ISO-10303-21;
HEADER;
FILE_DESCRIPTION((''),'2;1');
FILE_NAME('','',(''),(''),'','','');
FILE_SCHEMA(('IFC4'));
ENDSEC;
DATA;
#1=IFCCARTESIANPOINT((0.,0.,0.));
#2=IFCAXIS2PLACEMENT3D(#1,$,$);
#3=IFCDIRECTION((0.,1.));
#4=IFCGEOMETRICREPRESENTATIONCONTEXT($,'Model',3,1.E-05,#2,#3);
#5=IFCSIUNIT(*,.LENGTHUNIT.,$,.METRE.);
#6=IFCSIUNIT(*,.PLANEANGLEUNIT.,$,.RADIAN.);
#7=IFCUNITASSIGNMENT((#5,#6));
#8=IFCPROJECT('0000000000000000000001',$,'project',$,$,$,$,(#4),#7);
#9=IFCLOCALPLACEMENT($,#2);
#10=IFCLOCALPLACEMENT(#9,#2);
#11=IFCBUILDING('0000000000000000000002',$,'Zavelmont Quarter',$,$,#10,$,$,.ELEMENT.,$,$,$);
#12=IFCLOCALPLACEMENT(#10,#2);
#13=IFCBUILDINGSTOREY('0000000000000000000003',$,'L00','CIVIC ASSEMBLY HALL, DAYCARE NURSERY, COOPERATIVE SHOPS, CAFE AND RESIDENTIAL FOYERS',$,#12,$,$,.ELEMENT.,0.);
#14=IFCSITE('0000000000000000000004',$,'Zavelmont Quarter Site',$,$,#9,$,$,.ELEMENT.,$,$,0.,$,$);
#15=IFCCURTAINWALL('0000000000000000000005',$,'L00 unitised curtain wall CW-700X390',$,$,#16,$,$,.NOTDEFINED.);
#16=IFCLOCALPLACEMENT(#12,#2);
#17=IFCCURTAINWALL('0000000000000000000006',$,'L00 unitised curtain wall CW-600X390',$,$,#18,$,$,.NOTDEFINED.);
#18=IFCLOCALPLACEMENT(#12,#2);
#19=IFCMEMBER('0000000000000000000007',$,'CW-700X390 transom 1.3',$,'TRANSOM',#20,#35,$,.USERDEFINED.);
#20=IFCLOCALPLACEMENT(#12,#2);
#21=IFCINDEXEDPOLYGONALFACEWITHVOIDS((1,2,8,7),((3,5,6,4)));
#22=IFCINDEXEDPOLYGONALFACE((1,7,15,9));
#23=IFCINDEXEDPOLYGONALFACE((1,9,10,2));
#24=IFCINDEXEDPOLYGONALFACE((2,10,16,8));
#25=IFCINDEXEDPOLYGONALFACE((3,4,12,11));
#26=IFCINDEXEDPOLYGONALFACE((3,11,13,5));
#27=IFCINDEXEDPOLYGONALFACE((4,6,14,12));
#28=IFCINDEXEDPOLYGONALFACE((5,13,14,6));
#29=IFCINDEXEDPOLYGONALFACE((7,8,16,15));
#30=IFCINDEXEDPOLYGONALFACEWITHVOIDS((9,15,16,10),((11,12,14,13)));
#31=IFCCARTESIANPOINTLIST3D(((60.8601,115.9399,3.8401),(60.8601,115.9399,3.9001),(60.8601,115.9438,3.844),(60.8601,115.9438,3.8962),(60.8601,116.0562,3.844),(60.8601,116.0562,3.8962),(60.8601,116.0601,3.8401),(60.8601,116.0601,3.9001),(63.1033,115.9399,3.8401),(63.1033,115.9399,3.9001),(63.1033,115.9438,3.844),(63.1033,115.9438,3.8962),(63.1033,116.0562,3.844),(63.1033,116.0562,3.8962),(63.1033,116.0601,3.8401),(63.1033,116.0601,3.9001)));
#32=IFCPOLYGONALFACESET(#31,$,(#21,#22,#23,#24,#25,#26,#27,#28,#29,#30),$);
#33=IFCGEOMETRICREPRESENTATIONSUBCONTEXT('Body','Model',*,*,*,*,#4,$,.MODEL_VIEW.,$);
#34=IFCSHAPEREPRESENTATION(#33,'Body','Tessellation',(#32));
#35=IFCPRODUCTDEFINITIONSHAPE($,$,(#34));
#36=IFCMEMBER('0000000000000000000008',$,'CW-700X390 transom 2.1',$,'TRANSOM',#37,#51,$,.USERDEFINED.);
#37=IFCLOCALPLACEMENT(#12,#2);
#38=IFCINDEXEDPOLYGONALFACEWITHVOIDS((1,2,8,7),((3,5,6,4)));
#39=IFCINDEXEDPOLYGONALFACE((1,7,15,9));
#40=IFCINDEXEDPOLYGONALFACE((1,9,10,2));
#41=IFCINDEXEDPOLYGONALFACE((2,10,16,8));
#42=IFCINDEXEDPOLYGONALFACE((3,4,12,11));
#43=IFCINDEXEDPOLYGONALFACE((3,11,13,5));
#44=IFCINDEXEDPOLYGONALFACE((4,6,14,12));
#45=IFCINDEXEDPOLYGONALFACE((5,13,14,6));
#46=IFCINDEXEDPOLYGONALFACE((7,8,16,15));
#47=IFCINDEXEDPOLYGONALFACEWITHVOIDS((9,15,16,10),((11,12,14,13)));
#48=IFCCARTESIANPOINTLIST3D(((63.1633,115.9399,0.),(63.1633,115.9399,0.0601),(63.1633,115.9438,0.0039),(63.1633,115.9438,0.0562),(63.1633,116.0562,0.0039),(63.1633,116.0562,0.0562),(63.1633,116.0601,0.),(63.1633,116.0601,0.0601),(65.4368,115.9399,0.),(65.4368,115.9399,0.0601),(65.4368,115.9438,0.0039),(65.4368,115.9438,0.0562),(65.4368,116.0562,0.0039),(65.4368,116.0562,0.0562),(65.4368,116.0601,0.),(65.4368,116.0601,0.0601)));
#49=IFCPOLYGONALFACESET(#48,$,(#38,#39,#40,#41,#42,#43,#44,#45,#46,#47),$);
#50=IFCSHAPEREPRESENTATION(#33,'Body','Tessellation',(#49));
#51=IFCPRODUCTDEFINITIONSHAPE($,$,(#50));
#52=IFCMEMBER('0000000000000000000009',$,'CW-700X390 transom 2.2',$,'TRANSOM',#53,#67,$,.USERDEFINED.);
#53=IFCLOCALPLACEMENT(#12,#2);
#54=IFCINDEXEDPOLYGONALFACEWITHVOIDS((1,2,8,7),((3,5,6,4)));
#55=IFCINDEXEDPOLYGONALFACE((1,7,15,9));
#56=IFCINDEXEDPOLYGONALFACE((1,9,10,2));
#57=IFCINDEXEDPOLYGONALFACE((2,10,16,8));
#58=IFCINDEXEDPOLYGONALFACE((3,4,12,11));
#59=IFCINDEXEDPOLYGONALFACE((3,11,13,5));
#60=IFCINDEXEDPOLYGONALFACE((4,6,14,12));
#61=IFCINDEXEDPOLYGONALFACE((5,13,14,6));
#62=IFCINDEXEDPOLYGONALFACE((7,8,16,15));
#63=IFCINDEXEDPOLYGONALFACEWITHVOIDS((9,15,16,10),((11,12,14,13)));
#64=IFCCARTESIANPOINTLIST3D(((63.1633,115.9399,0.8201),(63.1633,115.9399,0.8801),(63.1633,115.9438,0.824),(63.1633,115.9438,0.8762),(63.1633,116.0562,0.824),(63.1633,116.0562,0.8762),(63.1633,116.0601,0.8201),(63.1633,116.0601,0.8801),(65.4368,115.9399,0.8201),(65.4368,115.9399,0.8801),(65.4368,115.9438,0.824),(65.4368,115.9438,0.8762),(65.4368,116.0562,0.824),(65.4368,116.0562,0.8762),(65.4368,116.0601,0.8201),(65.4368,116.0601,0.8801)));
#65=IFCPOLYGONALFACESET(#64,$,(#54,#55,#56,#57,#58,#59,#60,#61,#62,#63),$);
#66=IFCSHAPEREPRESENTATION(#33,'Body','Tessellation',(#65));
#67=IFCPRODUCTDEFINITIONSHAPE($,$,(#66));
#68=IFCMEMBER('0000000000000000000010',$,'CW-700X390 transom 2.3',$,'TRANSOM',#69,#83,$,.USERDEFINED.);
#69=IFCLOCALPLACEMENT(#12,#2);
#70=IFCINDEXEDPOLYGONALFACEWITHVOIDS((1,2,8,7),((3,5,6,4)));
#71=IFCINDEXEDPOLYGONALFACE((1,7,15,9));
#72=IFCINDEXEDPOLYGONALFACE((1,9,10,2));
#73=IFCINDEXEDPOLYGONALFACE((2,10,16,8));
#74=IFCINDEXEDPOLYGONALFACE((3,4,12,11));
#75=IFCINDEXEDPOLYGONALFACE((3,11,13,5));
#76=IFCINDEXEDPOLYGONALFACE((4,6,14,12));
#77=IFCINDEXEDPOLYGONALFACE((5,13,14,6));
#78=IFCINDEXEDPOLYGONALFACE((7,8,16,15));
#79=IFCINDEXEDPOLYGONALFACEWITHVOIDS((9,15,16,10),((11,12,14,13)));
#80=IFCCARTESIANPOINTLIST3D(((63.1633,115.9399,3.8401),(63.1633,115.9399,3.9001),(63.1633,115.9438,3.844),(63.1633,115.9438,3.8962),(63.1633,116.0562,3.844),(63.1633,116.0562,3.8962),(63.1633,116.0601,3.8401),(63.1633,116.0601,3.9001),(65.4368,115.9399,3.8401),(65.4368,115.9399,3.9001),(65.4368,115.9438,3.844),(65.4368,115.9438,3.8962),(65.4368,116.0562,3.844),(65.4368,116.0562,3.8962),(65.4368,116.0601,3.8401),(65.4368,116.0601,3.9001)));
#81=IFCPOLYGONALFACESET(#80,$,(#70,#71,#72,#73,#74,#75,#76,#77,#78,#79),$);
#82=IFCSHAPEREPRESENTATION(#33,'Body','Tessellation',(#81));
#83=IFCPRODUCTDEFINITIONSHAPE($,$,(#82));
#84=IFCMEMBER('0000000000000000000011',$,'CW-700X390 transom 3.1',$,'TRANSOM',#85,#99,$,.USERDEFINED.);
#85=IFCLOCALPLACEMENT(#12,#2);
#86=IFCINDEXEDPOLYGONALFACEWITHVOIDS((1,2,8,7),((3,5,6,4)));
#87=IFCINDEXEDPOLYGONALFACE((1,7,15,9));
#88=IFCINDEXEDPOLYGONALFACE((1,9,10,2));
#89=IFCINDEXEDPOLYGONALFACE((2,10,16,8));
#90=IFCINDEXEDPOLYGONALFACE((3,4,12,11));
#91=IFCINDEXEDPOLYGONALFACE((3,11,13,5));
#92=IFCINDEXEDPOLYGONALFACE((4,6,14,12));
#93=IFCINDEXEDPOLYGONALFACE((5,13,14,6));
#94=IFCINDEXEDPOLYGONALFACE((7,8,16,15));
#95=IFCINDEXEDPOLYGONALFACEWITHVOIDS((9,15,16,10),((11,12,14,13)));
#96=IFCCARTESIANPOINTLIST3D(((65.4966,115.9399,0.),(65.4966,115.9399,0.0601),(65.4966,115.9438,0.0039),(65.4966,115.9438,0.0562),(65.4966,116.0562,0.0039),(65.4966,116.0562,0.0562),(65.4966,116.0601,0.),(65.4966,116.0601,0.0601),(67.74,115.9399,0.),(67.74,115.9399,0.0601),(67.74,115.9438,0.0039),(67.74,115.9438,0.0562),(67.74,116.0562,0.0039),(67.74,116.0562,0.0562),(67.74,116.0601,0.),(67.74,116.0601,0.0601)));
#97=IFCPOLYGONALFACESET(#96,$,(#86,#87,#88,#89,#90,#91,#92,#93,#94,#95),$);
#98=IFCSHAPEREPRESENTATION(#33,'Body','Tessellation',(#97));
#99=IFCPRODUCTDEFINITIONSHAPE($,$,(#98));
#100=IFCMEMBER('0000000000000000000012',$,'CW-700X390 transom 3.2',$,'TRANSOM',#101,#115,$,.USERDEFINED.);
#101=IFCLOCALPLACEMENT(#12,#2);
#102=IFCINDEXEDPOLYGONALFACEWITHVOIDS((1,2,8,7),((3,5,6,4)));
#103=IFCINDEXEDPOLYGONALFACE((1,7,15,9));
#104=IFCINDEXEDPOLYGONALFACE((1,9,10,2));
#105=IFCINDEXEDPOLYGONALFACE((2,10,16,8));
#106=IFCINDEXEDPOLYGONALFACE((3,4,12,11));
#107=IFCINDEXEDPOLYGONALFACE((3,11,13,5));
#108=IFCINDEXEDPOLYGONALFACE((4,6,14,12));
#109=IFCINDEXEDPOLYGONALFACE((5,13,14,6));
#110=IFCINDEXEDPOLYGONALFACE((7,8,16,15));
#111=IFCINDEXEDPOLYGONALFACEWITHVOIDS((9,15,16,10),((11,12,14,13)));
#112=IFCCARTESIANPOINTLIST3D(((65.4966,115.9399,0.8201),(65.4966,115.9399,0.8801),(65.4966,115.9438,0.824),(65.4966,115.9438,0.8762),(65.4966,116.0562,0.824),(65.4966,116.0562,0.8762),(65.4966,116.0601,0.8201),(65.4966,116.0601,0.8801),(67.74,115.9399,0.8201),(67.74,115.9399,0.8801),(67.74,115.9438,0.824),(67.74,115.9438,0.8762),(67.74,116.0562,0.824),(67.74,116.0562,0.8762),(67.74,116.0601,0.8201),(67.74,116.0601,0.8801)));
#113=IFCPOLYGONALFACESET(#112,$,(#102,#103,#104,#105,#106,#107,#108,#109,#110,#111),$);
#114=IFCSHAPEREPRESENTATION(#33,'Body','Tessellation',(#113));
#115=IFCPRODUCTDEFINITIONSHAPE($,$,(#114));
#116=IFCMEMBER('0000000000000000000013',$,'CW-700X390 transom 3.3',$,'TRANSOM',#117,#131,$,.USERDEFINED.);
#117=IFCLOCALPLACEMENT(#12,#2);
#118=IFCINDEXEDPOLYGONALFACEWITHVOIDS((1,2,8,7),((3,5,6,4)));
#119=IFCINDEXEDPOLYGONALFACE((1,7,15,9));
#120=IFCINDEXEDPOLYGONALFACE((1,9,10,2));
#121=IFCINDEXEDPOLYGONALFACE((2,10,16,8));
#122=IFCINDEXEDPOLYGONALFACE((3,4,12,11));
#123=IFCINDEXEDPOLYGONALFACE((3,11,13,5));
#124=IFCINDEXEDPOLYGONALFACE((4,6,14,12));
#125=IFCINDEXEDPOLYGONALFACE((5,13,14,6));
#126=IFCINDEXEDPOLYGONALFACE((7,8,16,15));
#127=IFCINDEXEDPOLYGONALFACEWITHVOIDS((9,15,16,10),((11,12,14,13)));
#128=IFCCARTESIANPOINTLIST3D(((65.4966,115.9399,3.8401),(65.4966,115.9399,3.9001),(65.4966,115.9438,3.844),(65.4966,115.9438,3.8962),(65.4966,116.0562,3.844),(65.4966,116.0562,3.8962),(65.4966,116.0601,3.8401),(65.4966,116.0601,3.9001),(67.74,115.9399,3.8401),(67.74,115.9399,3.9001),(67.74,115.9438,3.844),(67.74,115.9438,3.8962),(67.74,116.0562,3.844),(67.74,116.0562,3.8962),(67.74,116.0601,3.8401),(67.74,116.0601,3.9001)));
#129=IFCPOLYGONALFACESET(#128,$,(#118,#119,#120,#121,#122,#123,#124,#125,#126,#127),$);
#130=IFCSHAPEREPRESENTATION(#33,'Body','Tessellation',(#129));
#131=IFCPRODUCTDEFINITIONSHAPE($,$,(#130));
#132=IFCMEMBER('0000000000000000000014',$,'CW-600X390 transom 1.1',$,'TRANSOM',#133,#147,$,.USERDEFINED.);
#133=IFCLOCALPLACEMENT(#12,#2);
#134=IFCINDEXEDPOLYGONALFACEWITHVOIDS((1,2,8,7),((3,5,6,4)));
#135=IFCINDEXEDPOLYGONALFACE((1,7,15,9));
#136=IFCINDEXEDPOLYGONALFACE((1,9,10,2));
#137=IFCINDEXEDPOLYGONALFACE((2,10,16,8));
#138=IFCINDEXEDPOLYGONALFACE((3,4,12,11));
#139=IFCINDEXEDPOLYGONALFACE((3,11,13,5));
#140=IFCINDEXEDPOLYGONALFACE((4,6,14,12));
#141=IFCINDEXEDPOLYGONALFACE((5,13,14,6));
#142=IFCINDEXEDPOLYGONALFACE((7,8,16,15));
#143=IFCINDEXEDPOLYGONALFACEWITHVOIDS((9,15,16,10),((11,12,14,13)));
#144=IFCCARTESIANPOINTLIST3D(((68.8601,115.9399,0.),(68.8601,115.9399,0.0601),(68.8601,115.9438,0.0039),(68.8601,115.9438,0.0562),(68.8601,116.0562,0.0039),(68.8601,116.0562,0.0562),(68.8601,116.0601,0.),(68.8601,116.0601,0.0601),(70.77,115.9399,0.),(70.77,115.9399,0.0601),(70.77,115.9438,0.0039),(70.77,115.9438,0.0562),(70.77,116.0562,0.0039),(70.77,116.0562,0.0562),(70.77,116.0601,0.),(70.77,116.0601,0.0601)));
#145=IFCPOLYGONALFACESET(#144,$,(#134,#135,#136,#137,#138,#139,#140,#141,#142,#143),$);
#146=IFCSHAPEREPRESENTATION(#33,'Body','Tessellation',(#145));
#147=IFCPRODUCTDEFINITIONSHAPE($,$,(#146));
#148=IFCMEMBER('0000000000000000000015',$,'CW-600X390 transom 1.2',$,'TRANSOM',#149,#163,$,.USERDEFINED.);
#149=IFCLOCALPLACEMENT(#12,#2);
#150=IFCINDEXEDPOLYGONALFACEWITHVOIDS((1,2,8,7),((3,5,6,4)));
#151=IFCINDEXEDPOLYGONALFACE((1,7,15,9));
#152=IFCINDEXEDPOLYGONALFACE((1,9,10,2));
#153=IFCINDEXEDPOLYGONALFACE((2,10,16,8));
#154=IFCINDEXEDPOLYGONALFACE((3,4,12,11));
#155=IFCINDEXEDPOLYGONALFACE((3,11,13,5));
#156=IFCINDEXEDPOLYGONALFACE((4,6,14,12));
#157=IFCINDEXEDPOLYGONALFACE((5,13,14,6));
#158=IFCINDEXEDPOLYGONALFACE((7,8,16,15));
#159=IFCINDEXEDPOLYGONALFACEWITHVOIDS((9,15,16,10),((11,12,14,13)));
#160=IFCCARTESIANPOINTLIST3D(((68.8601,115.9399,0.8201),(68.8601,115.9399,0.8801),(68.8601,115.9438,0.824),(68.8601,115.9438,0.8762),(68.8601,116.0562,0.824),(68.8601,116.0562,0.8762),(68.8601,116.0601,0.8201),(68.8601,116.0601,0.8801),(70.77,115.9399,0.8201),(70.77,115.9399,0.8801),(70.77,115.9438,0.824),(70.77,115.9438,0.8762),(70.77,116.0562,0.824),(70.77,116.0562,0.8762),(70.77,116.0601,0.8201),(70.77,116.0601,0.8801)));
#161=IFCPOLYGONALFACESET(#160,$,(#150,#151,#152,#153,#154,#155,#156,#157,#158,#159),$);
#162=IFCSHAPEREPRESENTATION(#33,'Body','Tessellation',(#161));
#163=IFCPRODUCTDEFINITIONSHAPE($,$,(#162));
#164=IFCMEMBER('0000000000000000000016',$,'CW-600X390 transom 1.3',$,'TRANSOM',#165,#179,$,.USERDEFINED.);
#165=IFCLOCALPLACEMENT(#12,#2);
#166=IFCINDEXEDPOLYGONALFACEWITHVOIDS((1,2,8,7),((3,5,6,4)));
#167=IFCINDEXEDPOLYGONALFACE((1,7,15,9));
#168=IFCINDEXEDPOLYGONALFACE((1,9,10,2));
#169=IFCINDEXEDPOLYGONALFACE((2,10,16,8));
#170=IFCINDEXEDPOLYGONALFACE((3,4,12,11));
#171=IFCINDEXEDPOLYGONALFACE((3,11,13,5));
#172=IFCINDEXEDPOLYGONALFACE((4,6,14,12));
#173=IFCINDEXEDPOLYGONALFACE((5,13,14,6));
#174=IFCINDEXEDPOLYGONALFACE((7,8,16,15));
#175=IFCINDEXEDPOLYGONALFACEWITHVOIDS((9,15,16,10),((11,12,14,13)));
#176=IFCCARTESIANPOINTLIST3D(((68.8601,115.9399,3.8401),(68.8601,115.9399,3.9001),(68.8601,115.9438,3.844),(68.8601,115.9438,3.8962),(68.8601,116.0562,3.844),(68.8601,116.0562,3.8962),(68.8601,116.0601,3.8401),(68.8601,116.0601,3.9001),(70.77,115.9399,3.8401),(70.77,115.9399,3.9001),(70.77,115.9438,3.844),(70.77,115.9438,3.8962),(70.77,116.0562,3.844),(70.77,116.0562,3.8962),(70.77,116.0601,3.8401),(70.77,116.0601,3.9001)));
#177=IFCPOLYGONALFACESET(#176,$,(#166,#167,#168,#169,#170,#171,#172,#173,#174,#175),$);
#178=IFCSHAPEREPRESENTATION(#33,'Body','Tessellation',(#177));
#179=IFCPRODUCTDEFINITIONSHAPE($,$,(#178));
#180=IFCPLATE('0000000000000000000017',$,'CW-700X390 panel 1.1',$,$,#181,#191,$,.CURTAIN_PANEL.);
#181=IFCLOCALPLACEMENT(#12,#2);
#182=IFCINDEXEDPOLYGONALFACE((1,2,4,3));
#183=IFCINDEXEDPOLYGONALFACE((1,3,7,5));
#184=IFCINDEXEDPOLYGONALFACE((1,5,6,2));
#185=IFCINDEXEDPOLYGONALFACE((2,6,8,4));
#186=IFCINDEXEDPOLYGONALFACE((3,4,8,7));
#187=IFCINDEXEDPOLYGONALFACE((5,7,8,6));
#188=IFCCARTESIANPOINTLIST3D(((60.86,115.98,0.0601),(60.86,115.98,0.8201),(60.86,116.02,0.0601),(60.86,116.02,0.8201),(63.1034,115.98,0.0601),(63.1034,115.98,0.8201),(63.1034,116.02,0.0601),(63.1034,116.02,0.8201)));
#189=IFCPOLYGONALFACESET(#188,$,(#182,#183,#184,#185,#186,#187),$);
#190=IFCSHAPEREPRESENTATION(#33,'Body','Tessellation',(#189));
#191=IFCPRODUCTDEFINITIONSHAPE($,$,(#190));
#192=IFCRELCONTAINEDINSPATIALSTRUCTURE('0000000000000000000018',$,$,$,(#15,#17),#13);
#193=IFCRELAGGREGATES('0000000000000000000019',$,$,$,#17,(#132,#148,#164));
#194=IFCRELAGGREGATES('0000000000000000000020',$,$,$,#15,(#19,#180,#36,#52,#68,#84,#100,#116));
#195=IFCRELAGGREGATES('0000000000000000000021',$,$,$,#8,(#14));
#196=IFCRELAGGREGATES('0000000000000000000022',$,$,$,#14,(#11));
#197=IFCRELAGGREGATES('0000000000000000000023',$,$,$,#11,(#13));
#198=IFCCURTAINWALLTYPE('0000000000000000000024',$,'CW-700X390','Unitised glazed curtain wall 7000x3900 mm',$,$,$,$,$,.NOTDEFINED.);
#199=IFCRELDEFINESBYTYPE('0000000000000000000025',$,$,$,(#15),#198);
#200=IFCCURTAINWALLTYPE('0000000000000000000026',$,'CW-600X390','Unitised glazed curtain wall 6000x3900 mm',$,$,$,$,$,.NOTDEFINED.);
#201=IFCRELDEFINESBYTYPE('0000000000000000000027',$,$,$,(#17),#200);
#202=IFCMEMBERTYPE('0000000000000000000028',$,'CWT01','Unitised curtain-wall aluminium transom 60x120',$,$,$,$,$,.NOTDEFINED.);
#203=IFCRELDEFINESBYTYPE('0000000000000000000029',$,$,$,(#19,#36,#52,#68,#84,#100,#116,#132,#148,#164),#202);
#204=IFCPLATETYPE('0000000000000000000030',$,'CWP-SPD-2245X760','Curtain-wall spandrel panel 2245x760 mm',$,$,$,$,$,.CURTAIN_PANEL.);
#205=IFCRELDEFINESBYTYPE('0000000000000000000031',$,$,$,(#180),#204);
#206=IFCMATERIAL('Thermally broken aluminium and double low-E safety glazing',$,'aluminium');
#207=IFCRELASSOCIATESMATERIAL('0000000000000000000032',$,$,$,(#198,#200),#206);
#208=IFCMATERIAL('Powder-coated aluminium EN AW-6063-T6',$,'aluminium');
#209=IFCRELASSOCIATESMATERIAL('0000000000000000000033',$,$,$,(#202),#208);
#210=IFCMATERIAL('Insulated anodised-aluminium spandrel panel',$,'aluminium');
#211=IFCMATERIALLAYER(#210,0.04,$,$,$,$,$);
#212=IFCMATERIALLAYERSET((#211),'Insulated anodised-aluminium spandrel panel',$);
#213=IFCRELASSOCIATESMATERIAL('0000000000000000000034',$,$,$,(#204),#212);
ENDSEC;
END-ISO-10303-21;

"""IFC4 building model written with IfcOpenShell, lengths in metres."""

from ifc_helpers import new_model, si_unit, direction, frame, origin, origin_2d, place, context, subcontext, project, spatial, rectangle, hollow_rectangle, extrude, material, layer, layer_set, material_profile, profile_set, type_object, element, aggregate, save


model = new_model("IFC4")

# Units and contexts
model_context = context("Model", 3, precision=1e-05, world=origin(), true_north=direction((0.0, 1.0)))
body_context = subcontext(model_context, "Body", "Model", "MODEL_VIEW")
ifc_project = project(units=[si_unit("LENGTHUNIT", "METRE"), si_unit("PLANEANGLEUNIT", "RADIAN")], contexts=[model_context])

# Site, building, storey
site_placement = place(None, origin())
site = spatial("IfcSite", under=ifc_project, at=site_placement, Name="Zavelmont Quarter Site", CompositionType="ELEMENT", RefElevation=0.0)
building_placement = place(site_placement, origin())
building = spatial("IfcBuilding", under=site, at=building_placement, Name="Zavelmont Quarter", CompositionType="ELEMENT")
storey_placement = place(building_placement, origin())
storey = spatial("IfcBuildingStorey", under=building, at=storey_placement, Name="L00", Description="CIVIC ASSEMBLY HALL, DAYCARE NURSERY, COOPERATIVE SHOPS, CAFE AND RESIDENTIAL FOYERS", CompositionType="ELEMENT", Elevation=0.0)

# Curtain wall
ifc_material_1 = material(Name="Thermally broken aluminium and double low-E safety glazing", Category="aluminium")
curtain_wall_type_1 = type_object("IfcCurtainWallType", Name="CW-700X390", Description="Unitised glazed curtain wall 7000x3900 mm", PredefinedType="NOTDEFINED", material=ifc_material_1)
curtain_wall_1_placement = place(storey_placement, origin())
curtain_wall_1 = element("IfcCurtainWall", 1, at=curtain_wall_1_placement, inside=storey, type_object=curtain_wall_type_1, Name="L00 unitised curtain wall CW-700X390", PredefinedType="NOTDEFINED")
ifc_material_2 = material(Name="Powder-coated aluminium EN AW-6063-T6", Category="aluminium")

# Curtain wall
curtain_wall_type_2 = type_object("IfcCurtainWallType", Name="CW-600X390", Description="Unitised glazed curtain wall 6000x3900 mm", PredefinedType="NOTDEFINED", material=ifc_material_1)
curtain_wall_2_placement = place(storey_placement, origin())
curtain_wall_2 = element("IfcCurtainWall", 2, at=curtain_wall_2_placement, inside=storey, type_object=curtain_wall_type_2, Name="L00 unitised curtain wall CW-600X390", PredefinedType="NOTDEFINED")

# Members
ifc_material_profile_1 = material_profile(ifc_material_2, hollow_rectangle(XDim=0.1201, YDim=0.0601, WallThickness=0.0039, at=origin_2d()), Name="CWT60X120")
ifc_profile_set_1 = profile_set([ifc_material_profile_1], Name="Powder-coated aluminium EN AW-6063-T6")
member_type_1 = type_object("IfcMemberType", Name="CWT01", Description="Unitised curtain-wall aluminium transom 60x120", PredefinedType="NOTDEFINED", material=ifc_profile_set_1)
member_1_placement = place(storey_placement, frame((60.8601, 116.0, 3.8701), z_axis=(1.0, 0.0, 0.0), x_axis=(0.0, 1.0, 0.0)))
member_1 = element("IfcMember", 3, at=member_1_placement, type_object=member_type_1, Name="CW-700X390 transom 1.3", ObjectType="TRANSOM", PredefinedType="USERDEFINED", context=body_context, shape_type="SweptSolid", body=[
    extrude(hollow_rectangle(XDim=0.1201, YDim=0.0601, WallThickness=0.0039, at=origin_2d()), origin(), (0.0, 0.0, 1.0), 2.2432),
])
member_2_placement = place(storey_placement, frame((63.1633, 116.0, 0.03), z_axis=(1.0, 0.0, 0.0), x_axis=(0.0, 1.0, 0.0)))
member_2 = element("IfcMember", 4, at=member_2_placement, type_object=member_type_1, Name="CW-700X390 transom 2.1", ObjectType="TRANSOM", PredefinedType="USERDEFINED", context=body_context, shape_type="SweptSolid", body=[
    extrude(hollow_rectangle(XDim=0.1201, YDim=0.0601, WallThickness=0.0039, at=origin_2d()), origin(), (0.0, 0.0, 1.0), 2.2734),
])
member_3_placement = place(storey_placement, frame((63.1633, 116.0, 0.8501), z_axis=(1.0, 0.0, 0.0), x_axis=(0.0, 1.0, 0.0)))
member_3 = element("IfcMember", 5, at=member_3_placement, type_object=member_type_1, Name="CW-700X390 transom 2.2", ObjectType="TRANSOM", PredefinedType="USERDEFINED", context=body_context, shape_type="SweptSolid", body=[
    extrude(hollow_rectangle(XDim=0.1201, YDim=0.0601, WallThickness=0.0039, at=origin_2d()), origin(), (0.0, 0.0, 1.0), 2.2734),
])
member_4_placement = place(storey_placement, frame((63.1633, 116.0, 3.8701), z_axis=(1.0, 0.0, 0.0), x_axis=(0.0, 1.0, 0.0)))
member_4 = element("IfcMember", 6, at=member_4_placement, type_object=member_type_1, Name="CW-700X390 transom 2.3", ObjectType="TRANSOM", PredefinedType="USERDEFINED", context=body_context, shape_type="SweptSolid", body=[
    extrude(hollow_rectangle(XDim=0.1201, YDim=0.0601, WallThickness=0.0039, at=origin_2d()), origin(), (0.0, 0.0, 1.0), 2.2734),
])
member_5_placement = place(storey_placement, frame((65.4966, 116.0, 0.03), z_axis=(1.0, 0.0, 0.0), x_axis=(0.0, 1.0, 0.0)))
member_5 = element("IfcMember", 7, at=member_5_placement, type_object=member_type_1, Name="CW-700X390 transom 3.1", ObjectType="TRANSOM", PredefinedType="USERDEFINED", context=body_context, shape_type="SweptSolid", body=[
    extrude(hollow_rectangle(XDim=0.1201, YDim=0.0601, WallThickness=0.0039, at=origin_2d()), origin(), (0.0, 0.0, 1.0), 2.2434),
])
member_6_placement = place(storey_placement, frame((65.4966, 116.0, 0.8501), z_axis=(1.0, 0.0, 0.0), x_axis=(0.0, 1.0, 0.0)))
member_6 = element("IfcMember", 8, at=member_6_placement, type_object=member_type_1, Name="CW-700X390 transom 3.2", ObjectType="TRANSOM", PredefinedType="USERDEFINED", context=body_context, shape_type="SweptSolid", body=[
    extrude(hollow_rectangle(XDim=0.1201, YDim=0.0601, WallThickness=0.0039, at=origin_2d()), origin(), (0.0, 0.0, 1.0), 2.2434),
])
member_7_placement = place(storey_placement, frame((65.4966, 116.0, 3.8701), z_axis=(1.0, 0.0, 0.0), x_axis=(0.0, 1.0, 0.0)))
member_7 = element("IfcMember", 9, at=member_7_placement, type_object=member_type_1, Name="CW-700X390 transom 3.3", ObjectType="TRANSOM", PredefinedType="USERDEFINED", context=body_context, shape_type="SweptSolid", body=[
    extrude(hollow_rectangle(XDim=0.1201, YDim=0.0601, WallThickness=0.0039, at=origin_2d()), origin(), (0.0, 0.0, 1.0), 2.2434),
])
member_8_placement = place(storey_placement, frame((68.8601, 116.0, 0.03), z_axis=(1.0, 0.0, 0.0), x_axis=(0.0, 1.0, 0.0)))
member_8 = element("IfcMember", 10, at=member_8_placement, type_object=member_type_1, Name="CW-600X390 transom 1.1", ObjectType="TRANSOM", PredefinedType="USERDEFINED", context=body_context, shape_type="SweptSolid", body=[
    extrude(hollow_rectangle(XDim=0.1201, YDim=0.0601, WallThickness=0.0039, at=origin_2d()), origin(), (0.0, 0.0, 1.0), 1.9099),
])
member_9_placement = place(storey_placement, frame((68.8601, 116.0, 0.8501), z_axis=(1.0, 0.0, 0.0), x_axis=(0.0, 1.0, 0.0)))
member_9 = element("IfcMember", 11, at=member_9_placement, type_object=member_type_1, Name="CW-600X390 transom 1.2", ObjectType="TRANSOM", PredefinedType="USERDEFINED", context=body_context, shape_type="SweptSolid", body=[
    extrude(hollow_rectangle(XDim=0.1201, YDim=0.0601, WallThickness=0.0039, at=origin_2d()), origin(), (0.0, 0.0, 1.0), 1.9099),
])
member_10_placement = place(storey_placement, frame((68.8601, 116.0, 3.8701), z_axis=(1.0, 0.0, 0.0), x_axis=(0.0, 1.0, 0.0)))
member_10 = element("IfcMember", 12, at=member_10_placement, type_object=member_type_1, Name="CW-600X390 transom 1.3", ObjectType="TRANSOM", PredefinedType="USERDEFINED", context=body_context, shape_type="SweptSolid", body=[
    extrude(hollow_rectangle(XDim=0.1201, YDim=0.0601, WallThickness=0.0039, at=origin_2d()), origin(), (0.0, 0.0, 1.0), 1.9099),
])
aggregate(curtain_wall_2, [member_8, member_9, member_10])

# Plate
ifc_material_3 = material(Name="Insulated anodised-aluminium spandrel panel", Category="aluminium")
ifc_layer_1 = layer(ifc_material_3, 0.04)
ifc_layer_set_1 = layer_set([ifc_layer_1], Name="Insulated anodised-aluminium spandrel panel")
plate_type_1 = type_object("IfcPlateType", Name="CWP-SPD-2245X760", Description="Curtain-wall spandrel panel 2245x760 mm", PredefinedType="CURTAIN_PANEL", material=ifc_layer_set_1)
plate_1_placement = place(storey_placement, frame((61.9817, 116.0, 0.0601), z_axis=(0.0, 0.0, 1.0), x_axis=(1.0, 0.0, 0.0)))
plate_1 = element("IfcPlate", 13, at=plate_1_placement, type_object=plate_type_1, Name="CW-700X390 panel 1.1", PredefinedType="CURTAIN_PANEL", context=body_context, shape_type="SweptSolid", body=[
    extrude(rectangle(XDim=2.2434, YDim=0.04, at=origin_2d()), origin(), (0.0, 0.0, 1.0), 0.76),
])
aggregate(curtain_wall_1, [member_1, plate_1, member_2, member_3, member_4, member_5, member_6, member_7])

save(model, "model.ifc")
